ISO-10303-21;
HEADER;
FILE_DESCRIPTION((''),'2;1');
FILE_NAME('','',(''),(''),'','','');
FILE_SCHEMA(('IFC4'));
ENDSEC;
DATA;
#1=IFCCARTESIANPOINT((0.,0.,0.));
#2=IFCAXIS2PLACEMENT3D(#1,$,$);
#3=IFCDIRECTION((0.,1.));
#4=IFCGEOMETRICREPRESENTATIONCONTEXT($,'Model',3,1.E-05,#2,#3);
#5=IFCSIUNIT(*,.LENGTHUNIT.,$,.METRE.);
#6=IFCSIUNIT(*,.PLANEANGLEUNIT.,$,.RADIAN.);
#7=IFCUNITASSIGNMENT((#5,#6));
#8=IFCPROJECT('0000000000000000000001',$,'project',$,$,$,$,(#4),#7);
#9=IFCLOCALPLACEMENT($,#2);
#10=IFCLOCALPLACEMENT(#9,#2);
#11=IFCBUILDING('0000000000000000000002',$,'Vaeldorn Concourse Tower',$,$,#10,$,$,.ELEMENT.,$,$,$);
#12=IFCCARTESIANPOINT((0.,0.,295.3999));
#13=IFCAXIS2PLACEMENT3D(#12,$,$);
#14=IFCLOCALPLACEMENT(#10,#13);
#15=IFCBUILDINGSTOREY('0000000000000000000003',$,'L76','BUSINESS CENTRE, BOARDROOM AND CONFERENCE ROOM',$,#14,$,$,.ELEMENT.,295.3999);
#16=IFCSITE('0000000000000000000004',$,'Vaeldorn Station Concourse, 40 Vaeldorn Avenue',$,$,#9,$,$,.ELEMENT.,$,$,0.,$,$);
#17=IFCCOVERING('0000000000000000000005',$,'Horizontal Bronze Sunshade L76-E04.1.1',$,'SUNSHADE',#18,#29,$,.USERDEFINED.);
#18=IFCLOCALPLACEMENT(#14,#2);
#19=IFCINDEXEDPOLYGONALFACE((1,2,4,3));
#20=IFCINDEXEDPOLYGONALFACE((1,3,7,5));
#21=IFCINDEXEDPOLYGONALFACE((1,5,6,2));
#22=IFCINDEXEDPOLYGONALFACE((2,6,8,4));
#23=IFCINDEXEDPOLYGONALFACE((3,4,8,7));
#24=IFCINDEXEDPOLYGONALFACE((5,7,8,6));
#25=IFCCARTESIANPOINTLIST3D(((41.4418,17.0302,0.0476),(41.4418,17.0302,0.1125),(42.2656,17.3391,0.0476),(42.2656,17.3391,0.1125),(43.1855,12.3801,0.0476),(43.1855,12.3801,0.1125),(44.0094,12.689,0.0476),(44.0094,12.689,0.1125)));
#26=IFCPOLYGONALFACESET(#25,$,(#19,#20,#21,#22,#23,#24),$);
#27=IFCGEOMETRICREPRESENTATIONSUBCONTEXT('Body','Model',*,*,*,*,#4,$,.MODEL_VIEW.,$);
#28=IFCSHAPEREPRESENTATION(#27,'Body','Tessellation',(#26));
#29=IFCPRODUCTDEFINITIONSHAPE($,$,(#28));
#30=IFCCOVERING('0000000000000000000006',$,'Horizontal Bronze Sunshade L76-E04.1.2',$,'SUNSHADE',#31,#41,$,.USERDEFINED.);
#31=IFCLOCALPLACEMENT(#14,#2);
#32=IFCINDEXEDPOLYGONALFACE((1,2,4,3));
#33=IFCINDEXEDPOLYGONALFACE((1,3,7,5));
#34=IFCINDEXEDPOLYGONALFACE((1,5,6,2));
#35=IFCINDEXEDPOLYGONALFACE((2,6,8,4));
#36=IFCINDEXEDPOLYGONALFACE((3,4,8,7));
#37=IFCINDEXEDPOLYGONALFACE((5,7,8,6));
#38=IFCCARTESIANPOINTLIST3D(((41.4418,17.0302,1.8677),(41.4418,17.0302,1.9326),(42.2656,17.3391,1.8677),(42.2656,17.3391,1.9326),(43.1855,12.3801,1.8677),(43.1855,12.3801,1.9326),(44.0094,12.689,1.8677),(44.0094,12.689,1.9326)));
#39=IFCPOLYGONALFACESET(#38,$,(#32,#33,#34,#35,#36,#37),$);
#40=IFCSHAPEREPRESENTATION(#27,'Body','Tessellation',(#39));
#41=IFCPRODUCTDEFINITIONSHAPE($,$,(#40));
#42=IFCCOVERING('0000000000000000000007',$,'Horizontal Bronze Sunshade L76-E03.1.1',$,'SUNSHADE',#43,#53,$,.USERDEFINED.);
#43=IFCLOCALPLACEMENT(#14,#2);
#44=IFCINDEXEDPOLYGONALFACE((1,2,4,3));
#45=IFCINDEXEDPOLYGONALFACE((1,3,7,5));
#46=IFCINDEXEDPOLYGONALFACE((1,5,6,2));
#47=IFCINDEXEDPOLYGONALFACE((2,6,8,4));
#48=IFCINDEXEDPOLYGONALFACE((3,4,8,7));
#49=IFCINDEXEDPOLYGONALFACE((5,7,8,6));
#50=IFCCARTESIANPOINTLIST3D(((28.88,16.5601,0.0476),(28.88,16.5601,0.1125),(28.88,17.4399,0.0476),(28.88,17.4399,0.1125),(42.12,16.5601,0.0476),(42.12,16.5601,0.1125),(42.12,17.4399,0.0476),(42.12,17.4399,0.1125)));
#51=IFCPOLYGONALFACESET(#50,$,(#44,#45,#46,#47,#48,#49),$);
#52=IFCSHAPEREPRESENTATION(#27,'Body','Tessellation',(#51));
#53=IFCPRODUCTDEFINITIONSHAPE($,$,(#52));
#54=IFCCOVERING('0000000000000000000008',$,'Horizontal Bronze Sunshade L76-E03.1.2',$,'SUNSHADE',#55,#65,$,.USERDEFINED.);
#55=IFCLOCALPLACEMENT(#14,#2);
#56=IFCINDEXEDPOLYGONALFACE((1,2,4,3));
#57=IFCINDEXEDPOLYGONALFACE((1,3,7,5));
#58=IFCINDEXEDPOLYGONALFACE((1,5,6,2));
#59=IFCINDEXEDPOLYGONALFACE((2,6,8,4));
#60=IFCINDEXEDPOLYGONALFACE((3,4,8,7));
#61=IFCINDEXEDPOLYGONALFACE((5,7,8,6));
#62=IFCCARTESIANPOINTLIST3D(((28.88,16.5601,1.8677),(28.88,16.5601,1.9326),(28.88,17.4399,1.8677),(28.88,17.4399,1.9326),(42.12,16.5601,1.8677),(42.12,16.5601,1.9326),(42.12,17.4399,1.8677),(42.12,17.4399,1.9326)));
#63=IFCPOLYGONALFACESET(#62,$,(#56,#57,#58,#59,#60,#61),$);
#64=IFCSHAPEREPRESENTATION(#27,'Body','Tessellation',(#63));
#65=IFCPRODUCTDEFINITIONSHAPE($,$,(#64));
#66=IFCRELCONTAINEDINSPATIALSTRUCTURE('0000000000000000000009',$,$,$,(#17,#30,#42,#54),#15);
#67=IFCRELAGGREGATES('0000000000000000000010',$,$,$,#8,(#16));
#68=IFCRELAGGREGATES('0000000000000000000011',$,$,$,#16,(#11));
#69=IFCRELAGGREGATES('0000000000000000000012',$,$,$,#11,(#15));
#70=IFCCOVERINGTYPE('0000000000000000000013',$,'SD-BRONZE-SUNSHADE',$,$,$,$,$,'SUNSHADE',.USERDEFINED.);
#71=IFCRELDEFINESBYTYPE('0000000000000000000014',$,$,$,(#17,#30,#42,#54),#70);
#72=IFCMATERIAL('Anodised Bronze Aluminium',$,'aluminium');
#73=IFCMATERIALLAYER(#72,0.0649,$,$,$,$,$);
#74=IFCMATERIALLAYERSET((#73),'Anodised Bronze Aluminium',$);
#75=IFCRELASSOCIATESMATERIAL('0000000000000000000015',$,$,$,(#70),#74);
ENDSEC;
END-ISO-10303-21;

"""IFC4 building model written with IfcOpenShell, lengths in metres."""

from ifc_helpers import new_model, si_unit, direction, frame, origin, origin_2d, place, context, subcontext, project, spatial, rectangle, extrude, source, transform, mapped, material, layer, layer_set, type_object, element, save


model = new_model("IFC4")

# Units and contexts
model_context = context("Model", 3, precision=1e-05, world=origin(), true_north=direction((0.0, 1.0)))
body_context = subcontext(model_context, "Body", "Model", "MODEL_VIEW")
ifc_project = project(units=[si_unit("LENGTHUNIT", "METRE"), si_unit("PLANEANGLEUNIT", "RADIAN")], contexts=[model_context])

# Site, building, storey
site_placement = place(None, origin())
site = spatial("IfcSite", under=ifc_project, at=site_placement, Name="Vaeldorn Station Concourse, 40 Vaeldorn Avenue", CompositionType="ELEMENT", RefElevation=0.0)
building_placement = place(site_placement, origin())
building = spatial("IfcBuilding", under=site, at=building_placement, Name="Vaeldorn Concourse Tower", CompositionType="ELEMENT")
storey_placement = place(building_placement, frame((0.0, 0.0, 295.3999)))
storey = spatial("IfcBuildingStorey", under=building, at=storey_placement, Name="L76", Description="BUSINESS CENTRE, BOARDROOM AND CONFERENCE ROOM", CompositionType="ELEMENT", Elevation=295.3999)

# Shared definitions
ifc_material_1 = material(Name="Anodised Bronze Aluminium", Category="aluminium")

# Coverings
ifc_layer_1 = layer(ifc_material_1, 0.0649)
ifc_layer_set_1 = layer_set([ifc_layer_1], Name="Anodised Bronze Aluminium")
covering_type = type_object("IfcCoveringType", Name="SD-BRONZE-SUNSHADE", ElementType="SUNSHADE", PredefinedType="USERDEFINED", material=ifc_layer_set_1)
shared_shape_1 = source(origin(), body_context, "Body", "SweptSolid", [
    extrude(rectangle(XDim=4.9663, YDim=0.8799, at=origin_2d()), origin(), (0.0, 0.0, 1.0), 0.0649),
])
for number, where, z_axis, x_axis, name in (
    (1, (42.7256, 14.8596, 0.0476), (0.0, 0.0, 1.0), (0.351123, -0.936329, 0.0), "Horizontal Bronze Sunshade L76-E04.1.1"),
    (2, (42.7256, 14.8596, 1.8677), (0.0, 0.0, 1.0), (0.351123, -0.936329, 0.0), "Horizontal Bronze Sunshade L76-E04.1.2"),
):
    element("IfcCovering", number, at=place(storey_placement, frame(where, z_axis=z_axis, x_axis=x_axis)), inside=storey, type_object=covering_type, Name=name, ObjectType="SUNSHADE", PredefinedType="USERDEFINED", context=body_context, shape_type="MappedRepresentation", body=[
        mapped(shared_shape_1, transform((0.0, 0.0, 0.0), scale=1.0)),
    ])
shared_shape_2 = source(origin(), body_context, "Body", "SweptSolid", [
    extrude(rectangle(XDim=13.24, YDim=0.8799, at=origin_2d()), origin(), (0.0, 0.0, 1.0), 0.0649),
])
for number, where, z_axis, x_axis, name in (
    (3, (35.5, 17.0, 0.0476), (0.0, 0.0, 1.0), (1.0, 0.0, 0.0), "Horizontal Bronze Sunshade L76-E03.1.1"),
    (4, (35.5, 17.0, 1.8677), (0.0, 0.0, 1.0), (1.0, 0.0, 0.0), "Horizontal Bronze Sunshade L76-E03.1.2"),
):
    element("IfcCovering", number, at=place(storey_placement, frame(where, z_axis=z_axis, x_axis=x_axis)), inside=storey, type_object=covering_type, Name=name, ObjectType="SUNSHADE", PredefinedType="USERDEFINED", context=body_context, shape_type="MappedRepresentation", body=[
        mapped(shared_shape_2, transform((0.0, 0.0, 0.0), scale=1.0)),
    ])

save(model, "model.ifc")
